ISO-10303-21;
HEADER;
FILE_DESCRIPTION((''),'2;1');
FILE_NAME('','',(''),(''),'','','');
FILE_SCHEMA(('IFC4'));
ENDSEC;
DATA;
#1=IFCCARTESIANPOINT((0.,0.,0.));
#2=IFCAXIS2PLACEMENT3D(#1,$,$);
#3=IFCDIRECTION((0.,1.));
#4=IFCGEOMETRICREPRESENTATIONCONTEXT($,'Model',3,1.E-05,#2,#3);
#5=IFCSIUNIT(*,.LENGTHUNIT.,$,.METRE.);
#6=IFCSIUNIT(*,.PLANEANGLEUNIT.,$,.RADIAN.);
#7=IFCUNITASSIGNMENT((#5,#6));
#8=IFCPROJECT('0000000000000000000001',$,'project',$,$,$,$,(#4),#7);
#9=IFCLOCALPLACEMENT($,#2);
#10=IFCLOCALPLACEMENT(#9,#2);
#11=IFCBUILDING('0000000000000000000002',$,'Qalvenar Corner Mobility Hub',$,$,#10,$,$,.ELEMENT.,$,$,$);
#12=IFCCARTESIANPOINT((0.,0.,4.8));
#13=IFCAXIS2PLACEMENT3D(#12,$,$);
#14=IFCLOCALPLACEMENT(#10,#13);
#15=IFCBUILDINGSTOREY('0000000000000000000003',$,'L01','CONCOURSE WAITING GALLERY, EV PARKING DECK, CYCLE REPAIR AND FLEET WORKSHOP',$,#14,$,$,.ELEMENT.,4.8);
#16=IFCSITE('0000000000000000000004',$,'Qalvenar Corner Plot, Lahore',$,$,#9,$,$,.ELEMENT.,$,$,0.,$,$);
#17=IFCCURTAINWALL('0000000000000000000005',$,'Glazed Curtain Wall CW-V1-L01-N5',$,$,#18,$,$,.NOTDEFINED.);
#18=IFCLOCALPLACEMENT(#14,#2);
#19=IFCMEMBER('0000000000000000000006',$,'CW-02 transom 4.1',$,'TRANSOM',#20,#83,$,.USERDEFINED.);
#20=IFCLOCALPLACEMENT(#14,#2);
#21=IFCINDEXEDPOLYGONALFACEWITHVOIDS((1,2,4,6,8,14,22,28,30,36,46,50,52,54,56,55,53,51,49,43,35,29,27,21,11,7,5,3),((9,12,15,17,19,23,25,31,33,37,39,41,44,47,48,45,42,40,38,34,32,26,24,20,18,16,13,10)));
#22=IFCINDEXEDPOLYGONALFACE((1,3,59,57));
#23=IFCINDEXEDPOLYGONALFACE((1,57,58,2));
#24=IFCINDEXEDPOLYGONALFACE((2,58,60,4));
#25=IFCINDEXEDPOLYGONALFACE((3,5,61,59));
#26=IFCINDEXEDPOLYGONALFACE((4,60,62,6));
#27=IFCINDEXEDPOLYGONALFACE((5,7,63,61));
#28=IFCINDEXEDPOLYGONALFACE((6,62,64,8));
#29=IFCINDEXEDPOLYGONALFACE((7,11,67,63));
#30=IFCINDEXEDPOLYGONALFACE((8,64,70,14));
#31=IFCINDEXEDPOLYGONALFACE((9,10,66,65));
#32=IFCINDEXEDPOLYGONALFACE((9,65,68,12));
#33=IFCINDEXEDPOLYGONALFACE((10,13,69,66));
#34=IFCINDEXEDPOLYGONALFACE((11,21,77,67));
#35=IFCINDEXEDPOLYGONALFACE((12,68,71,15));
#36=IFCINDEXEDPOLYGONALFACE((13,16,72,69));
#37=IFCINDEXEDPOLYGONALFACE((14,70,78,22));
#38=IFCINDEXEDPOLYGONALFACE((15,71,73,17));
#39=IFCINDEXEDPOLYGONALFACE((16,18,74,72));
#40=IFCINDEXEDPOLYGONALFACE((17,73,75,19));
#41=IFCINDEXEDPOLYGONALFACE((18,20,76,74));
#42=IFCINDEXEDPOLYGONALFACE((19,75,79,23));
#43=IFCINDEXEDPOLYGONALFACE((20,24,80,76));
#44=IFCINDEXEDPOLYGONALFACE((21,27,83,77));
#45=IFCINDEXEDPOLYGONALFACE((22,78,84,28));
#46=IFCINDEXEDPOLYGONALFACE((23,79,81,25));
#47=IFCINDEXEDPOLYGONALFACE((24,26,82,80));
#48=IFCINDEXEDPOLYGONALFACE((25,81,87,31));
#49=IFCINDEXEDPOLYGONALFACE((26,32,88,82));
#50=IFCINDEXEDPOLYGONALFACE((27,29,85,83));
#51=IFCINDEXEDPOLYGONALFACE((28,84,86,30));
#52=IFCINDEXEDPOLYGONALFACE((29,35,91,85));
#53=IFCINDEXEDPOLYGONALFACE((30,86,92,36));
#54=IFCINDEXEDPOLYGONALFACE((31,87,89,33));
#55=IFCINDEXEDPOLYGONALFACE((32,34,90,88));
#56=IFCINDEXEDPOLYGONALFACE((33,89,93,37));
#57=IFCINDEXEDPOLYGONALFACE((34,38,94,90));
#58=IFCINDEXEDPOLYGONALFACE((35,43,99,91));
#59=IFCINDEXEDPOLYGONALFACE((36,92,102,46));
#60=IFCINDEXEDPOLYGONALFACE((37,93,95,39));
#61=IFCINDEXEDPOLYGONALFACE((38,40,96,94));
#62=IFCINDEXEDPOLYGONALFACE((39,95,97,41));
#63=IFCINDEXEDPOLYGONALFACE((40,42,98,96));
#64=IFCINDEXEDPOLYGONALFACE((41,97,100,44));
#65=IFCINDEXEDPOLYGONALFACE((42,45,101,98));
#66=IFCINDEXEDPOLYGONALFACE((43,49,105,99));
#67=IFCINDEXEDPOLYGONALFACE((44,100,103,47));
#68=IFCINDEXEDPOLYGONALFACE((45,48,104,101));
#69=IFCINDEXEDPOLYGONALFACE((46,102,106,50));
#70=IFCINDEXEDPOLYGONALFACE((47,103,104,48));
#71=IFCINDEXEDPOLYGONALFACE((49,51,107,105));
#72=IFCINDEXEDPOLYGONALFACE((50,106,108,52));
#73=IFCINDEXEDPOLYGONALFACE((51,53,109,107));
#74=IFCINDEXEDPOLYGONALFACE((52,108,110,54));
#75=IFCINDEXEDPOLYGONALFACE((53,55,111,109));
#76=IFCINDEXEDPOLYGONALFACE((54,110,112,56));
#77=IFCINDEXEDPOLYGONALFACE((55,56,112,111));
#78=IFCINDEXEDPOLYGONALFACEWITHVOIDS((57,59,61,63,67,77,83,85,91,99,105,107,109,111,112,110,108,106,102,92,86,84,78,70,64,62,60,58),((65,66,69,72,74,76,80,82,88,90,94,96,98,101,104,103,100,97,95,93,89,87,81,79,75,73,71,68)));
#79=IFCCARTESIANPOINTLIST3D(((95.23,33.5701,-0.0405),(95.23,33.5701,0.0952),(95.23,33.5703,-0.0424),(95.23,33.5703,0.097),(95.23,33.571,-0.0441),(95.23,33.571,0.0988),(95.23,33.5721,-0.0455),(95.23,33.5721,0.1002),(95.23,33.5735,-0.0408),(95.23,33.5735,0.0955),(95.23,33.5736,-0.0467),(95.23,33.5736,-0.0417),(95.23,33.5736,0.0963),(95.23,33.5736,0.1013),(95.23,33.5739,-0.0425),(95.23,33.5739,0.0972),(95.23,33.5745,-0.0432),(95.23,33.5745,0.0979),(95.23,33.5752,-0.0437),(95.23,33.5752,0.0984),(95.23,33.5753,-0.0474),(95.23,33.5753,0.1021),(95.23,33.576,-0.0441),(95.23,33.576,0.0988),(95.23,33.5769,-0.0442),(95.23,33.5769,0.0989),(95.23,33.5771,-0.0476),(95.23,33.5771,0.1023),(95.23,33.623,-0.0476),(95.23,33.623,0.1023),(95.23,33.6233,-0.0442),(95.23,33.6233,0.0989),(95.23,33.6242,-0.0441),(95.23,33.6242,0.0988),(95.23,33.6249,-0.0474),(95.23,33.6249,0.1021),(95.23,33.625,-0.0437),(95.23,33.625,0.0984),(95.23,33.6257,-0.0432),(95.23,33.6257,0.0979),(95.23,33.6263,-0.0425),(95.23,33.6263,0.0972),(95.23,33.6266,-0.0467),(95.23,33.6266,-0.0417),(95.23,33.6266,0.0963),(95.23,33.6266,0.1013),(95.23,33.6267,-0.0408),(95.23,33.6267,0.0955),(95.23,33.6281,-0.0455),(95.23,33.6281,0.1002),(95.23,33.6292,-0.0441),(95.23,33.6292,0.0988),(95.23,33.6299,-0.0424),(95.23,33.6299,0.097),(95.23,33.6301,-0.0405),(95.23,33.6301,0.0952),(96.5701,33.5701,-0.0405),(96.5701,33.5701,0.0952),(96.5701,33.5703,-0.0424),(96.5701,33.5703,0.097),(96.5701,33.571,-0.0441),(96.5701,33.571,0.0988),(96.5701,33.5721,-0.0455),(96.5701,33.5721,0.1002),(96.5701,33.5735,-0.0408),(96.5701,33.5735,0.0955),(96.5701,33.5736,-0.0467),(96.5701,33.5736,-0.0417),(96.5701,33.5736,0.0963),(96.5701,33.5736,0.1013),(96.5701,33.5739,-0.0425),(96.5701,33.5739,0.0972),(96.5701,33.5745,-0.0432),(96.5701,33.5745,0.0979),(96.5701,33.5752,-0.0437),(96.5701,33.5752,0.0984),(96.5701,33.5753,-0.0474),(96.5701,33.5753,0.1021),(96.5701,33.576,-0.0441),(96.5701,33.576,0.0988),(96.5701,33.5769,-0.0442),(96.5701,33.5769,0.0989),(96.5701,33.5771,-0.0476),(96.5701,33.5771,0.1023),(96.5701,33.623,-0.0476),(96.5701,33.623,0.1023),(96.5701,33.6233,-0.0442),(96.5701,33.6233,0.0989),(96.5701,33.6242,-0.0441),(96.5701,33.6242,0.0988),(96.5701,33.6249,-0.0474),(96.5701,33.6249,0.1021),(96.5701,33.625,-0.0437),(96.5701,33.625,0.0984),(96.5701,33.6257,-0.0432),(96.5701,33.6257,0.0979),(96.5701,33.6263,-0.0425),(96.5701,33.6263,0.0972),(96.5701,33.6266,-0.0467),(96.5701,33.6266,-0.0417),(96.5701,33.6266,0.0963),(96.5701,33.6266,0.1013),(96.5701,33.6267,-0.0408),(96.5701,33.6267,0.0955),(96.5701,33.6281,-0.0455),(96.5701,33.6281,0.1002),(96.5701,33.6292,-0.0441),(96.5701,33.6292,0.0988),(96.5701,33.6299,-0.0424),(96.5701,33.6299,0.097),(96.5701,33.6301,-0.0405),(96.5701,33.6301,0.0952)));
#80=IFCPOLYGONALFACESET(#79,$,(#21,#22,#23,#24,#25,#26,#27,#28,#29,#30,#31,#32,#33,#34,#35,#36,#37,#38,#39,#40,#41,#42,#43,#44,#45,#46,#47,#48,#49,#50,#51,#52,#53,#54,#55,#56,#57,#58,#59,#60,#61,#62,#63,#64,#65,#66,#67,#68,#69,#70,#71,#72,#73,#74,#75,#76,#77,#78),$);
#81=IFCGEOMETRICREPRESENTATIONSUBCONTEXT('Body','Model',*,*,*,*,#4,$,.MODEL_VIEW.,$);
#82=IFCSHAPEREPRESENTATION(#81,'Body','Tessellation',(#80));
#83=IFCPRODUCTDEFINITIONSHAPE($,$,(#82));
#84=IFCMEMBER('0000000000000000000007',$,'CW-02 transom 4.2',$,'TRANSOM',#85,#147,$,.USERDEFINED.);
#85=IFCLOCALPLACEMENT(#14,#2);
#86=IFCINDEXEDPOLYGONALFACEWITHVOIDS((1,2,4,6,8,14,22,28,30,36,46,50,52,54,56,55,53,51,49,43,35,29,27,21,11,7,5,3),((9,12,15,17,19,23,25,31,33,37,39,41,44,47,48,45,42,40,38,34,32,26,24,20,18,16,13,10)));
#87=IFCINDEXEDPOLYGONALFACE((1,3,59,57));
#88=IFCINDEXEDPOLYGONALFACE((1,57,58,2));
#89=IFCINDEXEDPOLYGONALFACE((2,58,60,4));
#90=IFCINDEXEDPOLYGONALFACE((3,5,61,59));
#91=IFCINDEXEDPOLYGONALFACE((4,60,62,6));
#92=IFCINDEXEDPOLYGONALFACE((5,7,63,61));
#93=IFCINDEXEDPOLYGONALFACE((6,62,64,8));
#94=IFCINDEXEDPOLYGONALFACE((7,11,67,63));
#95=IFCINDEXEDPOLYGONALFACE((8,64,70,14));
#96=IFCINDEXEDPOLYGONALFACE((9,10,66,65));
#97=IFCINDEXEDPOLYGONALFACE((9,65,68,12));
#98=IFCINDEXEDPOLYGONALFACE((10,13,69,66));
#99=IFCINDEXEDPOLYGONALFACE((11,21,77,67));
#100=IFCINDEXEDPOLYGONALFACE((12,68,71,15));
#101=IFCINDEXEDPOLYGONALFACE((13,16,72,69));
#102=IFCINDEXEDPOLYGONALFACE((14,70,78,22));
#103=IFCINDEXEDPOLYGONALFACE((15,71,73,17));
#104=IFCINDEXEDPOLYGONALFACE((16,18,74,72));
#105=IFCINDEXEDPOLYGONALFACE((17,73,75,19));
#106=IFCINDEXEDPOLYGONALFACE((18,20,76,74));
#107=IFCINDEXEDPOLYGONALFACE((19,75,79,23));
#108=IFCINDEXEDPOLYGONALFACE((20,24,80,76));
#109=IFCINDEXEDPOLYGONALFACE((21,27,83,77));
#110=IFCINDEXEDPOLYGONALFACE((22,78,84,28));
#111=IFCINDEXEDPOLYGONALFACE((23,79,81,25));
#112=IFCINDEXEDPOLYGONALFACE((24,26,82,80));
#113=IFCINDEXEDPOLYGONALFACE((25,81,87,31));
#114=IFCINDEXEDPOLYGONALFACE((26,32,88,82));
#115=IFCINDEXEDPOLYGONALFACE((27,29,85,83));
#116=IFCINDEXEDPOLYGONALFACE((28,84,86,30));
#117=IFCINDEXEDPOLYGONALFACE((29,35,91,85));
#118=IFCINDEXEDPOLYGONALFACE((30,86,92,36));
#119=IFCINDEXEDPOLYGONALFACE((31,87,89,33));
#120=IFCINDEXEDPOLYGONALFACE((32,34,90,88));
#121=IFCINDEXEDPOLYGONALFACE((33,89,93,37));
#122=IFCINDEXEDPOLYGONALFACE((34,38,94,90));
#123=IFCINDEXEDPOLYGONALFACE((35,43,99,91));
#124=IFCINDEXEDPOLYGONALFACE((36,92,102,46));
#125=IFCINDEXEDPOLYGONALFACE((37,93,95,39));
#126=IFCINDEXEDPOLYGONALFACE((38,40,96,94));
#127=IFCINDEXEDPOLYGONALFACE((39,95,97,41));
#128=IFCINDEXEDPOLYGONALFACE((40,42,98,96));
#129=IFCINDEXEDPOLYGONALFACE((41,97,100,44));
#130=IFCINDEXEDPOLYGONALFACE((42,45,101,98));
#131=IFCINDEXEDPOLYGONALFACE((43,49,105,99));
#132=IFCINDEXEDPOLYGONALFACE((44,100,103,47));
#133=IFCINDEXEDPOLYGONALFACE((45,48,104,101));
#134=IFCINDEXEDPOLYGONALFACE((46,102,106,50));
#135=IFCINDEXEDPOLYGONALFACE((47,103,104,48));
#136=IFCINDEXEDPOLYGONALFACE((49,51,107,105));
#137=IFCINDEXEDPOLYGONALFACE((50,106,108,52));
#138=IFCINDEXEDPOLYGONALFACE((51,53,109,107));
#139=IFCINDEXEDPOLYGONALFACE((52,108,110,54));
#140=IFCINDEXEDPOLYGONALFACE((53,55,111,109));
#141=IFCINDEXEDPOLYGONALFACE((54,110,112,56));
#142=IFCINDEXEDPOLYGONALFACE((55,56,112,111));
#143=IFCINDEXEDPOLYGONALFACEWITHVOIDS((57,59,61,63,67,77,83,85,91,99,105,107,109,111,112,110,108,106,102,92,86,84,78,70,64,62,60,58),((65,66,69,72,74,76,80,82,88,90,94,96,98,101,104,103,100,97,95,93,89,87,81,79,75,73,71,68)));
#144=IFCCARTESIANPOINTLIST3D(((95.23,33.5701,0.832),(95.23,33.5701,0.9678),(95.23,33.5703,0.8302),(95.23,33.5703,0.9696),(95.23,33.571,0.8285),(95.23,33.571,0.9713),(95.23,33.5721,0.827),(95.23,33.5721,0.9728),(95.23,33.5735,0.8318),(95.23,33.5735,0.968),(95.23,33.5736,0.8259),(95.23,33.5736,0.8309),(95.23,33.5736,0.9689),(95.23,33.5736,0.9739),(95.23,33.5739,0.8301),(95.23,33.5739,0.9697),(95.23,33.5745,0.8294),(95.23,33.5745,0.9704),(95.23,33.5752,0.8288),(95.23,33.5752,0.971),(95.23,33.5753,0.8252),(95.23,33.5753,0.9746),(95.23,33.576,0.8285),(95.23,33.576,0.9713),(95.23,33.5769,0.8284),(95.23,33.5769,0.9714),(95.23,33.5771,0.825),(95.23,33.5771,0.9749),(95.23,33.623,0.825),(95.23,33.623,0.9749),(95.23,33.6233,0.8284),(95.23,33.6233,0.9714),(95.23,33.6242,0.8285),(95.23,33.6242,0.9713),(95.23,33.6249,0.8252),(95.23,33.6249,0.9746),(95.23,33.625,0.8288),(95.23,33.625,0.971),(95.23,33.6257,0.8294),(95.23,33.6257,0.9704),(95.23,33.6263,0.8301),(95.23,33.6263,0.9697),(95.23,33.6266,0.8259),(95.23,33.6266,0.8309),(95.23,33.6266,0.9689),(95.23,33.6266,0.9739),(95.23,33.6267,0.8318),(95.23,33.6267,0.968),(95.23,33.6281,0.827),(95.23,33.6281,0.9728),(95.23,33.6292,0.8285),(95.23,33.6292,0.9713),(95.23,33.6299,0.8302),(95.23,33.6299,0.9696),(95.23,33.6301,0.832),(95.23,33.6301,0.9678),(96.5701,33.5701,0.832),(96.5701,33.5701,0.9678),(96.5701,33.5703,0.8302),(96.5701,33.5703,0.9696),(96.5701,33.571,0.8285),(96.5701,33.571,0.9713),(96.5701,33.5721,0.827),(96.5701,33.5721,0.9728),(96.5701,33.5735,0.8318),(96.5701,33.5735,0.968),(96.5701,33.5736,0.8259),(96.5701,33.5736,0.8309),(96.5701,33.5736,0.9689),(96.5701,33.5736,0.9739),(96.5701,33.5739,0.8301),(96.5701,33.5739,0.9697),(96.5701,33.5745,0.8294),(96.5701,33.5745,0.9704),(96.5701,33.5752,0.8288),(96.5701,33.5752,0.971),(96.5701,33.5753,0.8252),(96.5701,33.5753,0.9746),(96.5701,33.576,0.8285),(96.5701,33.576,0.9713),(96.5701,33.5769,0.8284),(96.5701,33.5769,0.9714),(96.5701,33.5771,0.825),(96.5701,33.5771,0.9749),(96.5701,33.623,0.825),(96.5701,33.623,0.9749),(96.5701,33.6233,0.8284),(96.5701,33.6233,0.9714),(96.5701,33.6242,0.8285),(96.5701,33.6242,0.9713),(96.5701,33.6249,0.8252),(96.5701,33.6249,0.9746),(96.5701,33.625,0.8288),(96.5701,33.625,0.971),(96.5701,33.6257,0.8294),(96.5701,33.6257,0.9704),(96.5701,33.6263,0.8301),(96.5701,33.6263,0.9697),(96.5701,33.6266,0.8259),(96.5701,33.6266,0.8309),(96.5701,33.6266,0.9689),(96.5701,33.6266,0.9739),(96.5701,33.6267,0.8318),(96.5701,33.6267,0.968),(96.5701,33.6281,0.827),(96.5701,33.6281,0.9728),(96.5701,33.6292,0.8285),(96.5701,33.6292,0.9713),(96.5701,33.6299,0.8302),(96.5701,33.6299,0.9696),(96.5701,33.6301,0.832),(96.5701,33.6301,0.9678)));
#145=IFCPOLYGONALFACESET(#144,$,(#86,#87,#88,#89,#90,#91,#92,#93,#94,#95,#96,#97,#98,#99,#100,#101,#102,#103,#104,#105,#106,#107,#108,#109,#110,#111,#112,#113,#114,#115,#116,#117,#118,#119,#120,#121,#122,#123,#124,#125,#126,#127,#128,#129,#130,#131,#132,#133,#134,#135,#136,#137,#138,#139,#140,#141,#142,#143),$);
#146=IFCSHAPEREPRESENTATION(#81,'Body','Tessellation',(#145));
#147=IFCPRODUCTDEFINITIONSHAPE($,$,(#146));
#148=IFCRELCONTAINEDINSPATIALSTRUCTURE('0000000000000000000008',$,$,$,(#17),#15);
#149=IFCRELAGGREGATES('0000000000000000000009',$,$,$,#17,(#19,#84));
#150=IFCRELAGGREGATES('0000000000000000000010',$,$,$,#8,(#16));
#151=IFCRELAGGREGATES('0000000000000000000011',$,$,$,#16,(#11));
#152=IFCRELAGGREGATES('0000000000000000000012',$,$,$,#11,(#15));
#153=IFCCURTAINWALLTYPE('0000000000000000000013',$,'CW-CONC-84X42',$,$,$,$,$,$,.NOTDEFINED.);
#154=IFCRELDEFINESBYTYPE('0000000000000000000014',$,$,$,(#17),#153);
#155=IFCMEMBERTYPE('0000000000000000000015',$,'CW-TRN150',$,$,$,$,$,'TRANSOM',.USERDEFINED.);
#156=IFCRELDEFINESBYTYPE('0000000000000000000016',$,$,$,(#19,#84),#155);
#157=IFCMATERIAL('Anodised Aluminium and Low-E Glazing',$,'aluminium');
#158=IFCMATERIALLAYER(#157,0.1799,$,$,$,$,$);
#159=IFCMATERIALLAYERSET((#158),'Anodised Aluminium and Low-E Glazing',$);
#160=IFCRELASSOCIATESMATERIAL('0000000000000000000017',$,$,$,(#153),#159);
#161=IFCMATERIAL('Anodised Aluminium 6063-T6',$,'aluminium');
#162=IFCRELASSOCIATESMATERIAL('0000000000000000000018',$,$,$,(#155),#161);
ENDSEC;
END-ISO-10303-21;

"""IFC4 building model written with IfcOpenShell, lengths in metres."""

from ifc_helpers import new_model, si_unit, direction, frame, origin, origin_2d, place, context, subcontext, project, spatial, hollow_rectangle, extrude, material, layer, layer_set, material_profile, profile_set, type_object, element, aggregate, save


model = new_model("IFC4")

# Units and contexts
model_context = context("Model", 3, precision=1e-05, world=origin(), true_north=direction((0.0, 1.0)))
body_context = subcontext(model_context, "Body", "Model", "MODEL_VIEW")
ifc_project = project(units=[si_unit("LENGTHUNIT", "METRE"), si_unit("PLANEANGLEUNIT", "RADIAN")], contexts=[model_context])

# Site, building, storey
site_placement = place(None, origin())
site = spatial("IfcSite", under=ifc_project, at=site_placement, Name="Qalvenar Corner Plot, Lahore", CompositionType="ELEMENT", RefElevation=0.0)
building_placement = place(site_placement, origin())
building = spatial("IfcBuilding", under=site, at=building_placement, Name="Qalvenar Corner Mobility Hub", CompositionType="ELEMENT")
storey_placement = place(building_placement, frame((0.0, 0.0, 4.8)))
storey = spatial("IfcBuildingStorey", under=building, at=storey_placement, Name="L01", Description="CONCOURSE WAITING GALLERY, EV PARKING DECK, CYCLE REPAIR AND FLEET WORKSHOP", CompositionType="ELEMENT", Elevation=4.8)

# Shared definitions
ifc_material_1 = material(Name="Anodised Aluminium and Low-E Glazing", Category="aluminium")
ifc_layer_1 = layer(ifc_material_1, 0.1799)
ifc_layer_set_1 = layer_set([ifc_layer_1], Name="Anodised Aluminium and Low-E Glazing")
curtain_wall_type = type_object("IfcCurtainWallType", Name="CW-CONC-84X42", PredefinedType="NOTDEFINED", material=ifc_layer_set_1)
ifc_material_2 = material(Name="Anodised Aluminium 6063-T6", Category="aluminium")

# Curtain wall, members
curtain_wall_1_placement = place(storey_placement, origin())
curtain_wall_1 = element("IfcCurtainWall", 1, at=curtain_wall_1_placement, inside=storey, type_object=curtain_wall_type, Name="Glazed Curtain Wall CW-V1-L01-N5", PredefinedType="NOTDEFINED")
ifc_material_profile_1 = material_profile(ifc_material_2, hollow_rectangle(XDim=0.0601, YDim=0.1499, WallThickness=0.0034, InnerFilletRadius=0.0034, OuterFilletRadius=0.0071, at=origin_2d()), Name="RHS150x60x3.5")
ifc_profile_set_1 = profile_set([ifc_material_profile_1], Name="Anodised Aluminium 6063-T6")
member_type_1 = type_object("IfcMemberType", Name="CW-TRN150", ElementType="TRANSOM", PredefinedType="USERDEFINED", material=ifc_profile_set_1)
member_1_placement = place(storey_placement, frame((96.5701, 33.6001, 0.0273), z_axis=(-1.0, 0.0, 0.0), x_axis=(0.0, -1.0, 0.0)))
member_1 = element("IfcMember", 2, at=member_1_placement, type_object=member_type_1, Name="CW-02 transom 4.1", ObjectType="TRANSOM", PredefinedType="USERDEFINED", context=body_context, shape_type="SweptSolid", body=[
    extrude(hollow_rectangle(XDim=0.0601, YDim=0.1499, WallThickness=0.0034, InnerFilletRadius=0.0034, OuterFilletRadius=0.0071, at=origin_2d()), origin(), (0.0, 0.0, 1.0), 1.3401),
])
member_2_placement = place(storey_placement, frame((96.5701, 33.6001, 0.8999), z_axis=(-1.0, 0.0, 0.0), x_axis=(0.0, -1.0, 0.0)))
member_2 = element("IfcMember", 3, at=member_2_placement, type_object=member_type_1, Name="CW-02 transom 4.2", ObjectType="TRANSOM", PredefinedType="USERDEFINED", context=body_context, shape_type="SweptSolid", body=[
    extrude(hollow_rectangle(XDim=0.0601, YDim=0.1499, WallThickness=0.0034, InnerFilletRadius=0.0034, OuterFilletRadius=0.0071, at=origin_2d()), origin(), (0.0, 0.0, 1.0), 1.3401),
])
aggregate(curtain_wall_1, [member_1, member_2])

save(model, "model.ifc")
